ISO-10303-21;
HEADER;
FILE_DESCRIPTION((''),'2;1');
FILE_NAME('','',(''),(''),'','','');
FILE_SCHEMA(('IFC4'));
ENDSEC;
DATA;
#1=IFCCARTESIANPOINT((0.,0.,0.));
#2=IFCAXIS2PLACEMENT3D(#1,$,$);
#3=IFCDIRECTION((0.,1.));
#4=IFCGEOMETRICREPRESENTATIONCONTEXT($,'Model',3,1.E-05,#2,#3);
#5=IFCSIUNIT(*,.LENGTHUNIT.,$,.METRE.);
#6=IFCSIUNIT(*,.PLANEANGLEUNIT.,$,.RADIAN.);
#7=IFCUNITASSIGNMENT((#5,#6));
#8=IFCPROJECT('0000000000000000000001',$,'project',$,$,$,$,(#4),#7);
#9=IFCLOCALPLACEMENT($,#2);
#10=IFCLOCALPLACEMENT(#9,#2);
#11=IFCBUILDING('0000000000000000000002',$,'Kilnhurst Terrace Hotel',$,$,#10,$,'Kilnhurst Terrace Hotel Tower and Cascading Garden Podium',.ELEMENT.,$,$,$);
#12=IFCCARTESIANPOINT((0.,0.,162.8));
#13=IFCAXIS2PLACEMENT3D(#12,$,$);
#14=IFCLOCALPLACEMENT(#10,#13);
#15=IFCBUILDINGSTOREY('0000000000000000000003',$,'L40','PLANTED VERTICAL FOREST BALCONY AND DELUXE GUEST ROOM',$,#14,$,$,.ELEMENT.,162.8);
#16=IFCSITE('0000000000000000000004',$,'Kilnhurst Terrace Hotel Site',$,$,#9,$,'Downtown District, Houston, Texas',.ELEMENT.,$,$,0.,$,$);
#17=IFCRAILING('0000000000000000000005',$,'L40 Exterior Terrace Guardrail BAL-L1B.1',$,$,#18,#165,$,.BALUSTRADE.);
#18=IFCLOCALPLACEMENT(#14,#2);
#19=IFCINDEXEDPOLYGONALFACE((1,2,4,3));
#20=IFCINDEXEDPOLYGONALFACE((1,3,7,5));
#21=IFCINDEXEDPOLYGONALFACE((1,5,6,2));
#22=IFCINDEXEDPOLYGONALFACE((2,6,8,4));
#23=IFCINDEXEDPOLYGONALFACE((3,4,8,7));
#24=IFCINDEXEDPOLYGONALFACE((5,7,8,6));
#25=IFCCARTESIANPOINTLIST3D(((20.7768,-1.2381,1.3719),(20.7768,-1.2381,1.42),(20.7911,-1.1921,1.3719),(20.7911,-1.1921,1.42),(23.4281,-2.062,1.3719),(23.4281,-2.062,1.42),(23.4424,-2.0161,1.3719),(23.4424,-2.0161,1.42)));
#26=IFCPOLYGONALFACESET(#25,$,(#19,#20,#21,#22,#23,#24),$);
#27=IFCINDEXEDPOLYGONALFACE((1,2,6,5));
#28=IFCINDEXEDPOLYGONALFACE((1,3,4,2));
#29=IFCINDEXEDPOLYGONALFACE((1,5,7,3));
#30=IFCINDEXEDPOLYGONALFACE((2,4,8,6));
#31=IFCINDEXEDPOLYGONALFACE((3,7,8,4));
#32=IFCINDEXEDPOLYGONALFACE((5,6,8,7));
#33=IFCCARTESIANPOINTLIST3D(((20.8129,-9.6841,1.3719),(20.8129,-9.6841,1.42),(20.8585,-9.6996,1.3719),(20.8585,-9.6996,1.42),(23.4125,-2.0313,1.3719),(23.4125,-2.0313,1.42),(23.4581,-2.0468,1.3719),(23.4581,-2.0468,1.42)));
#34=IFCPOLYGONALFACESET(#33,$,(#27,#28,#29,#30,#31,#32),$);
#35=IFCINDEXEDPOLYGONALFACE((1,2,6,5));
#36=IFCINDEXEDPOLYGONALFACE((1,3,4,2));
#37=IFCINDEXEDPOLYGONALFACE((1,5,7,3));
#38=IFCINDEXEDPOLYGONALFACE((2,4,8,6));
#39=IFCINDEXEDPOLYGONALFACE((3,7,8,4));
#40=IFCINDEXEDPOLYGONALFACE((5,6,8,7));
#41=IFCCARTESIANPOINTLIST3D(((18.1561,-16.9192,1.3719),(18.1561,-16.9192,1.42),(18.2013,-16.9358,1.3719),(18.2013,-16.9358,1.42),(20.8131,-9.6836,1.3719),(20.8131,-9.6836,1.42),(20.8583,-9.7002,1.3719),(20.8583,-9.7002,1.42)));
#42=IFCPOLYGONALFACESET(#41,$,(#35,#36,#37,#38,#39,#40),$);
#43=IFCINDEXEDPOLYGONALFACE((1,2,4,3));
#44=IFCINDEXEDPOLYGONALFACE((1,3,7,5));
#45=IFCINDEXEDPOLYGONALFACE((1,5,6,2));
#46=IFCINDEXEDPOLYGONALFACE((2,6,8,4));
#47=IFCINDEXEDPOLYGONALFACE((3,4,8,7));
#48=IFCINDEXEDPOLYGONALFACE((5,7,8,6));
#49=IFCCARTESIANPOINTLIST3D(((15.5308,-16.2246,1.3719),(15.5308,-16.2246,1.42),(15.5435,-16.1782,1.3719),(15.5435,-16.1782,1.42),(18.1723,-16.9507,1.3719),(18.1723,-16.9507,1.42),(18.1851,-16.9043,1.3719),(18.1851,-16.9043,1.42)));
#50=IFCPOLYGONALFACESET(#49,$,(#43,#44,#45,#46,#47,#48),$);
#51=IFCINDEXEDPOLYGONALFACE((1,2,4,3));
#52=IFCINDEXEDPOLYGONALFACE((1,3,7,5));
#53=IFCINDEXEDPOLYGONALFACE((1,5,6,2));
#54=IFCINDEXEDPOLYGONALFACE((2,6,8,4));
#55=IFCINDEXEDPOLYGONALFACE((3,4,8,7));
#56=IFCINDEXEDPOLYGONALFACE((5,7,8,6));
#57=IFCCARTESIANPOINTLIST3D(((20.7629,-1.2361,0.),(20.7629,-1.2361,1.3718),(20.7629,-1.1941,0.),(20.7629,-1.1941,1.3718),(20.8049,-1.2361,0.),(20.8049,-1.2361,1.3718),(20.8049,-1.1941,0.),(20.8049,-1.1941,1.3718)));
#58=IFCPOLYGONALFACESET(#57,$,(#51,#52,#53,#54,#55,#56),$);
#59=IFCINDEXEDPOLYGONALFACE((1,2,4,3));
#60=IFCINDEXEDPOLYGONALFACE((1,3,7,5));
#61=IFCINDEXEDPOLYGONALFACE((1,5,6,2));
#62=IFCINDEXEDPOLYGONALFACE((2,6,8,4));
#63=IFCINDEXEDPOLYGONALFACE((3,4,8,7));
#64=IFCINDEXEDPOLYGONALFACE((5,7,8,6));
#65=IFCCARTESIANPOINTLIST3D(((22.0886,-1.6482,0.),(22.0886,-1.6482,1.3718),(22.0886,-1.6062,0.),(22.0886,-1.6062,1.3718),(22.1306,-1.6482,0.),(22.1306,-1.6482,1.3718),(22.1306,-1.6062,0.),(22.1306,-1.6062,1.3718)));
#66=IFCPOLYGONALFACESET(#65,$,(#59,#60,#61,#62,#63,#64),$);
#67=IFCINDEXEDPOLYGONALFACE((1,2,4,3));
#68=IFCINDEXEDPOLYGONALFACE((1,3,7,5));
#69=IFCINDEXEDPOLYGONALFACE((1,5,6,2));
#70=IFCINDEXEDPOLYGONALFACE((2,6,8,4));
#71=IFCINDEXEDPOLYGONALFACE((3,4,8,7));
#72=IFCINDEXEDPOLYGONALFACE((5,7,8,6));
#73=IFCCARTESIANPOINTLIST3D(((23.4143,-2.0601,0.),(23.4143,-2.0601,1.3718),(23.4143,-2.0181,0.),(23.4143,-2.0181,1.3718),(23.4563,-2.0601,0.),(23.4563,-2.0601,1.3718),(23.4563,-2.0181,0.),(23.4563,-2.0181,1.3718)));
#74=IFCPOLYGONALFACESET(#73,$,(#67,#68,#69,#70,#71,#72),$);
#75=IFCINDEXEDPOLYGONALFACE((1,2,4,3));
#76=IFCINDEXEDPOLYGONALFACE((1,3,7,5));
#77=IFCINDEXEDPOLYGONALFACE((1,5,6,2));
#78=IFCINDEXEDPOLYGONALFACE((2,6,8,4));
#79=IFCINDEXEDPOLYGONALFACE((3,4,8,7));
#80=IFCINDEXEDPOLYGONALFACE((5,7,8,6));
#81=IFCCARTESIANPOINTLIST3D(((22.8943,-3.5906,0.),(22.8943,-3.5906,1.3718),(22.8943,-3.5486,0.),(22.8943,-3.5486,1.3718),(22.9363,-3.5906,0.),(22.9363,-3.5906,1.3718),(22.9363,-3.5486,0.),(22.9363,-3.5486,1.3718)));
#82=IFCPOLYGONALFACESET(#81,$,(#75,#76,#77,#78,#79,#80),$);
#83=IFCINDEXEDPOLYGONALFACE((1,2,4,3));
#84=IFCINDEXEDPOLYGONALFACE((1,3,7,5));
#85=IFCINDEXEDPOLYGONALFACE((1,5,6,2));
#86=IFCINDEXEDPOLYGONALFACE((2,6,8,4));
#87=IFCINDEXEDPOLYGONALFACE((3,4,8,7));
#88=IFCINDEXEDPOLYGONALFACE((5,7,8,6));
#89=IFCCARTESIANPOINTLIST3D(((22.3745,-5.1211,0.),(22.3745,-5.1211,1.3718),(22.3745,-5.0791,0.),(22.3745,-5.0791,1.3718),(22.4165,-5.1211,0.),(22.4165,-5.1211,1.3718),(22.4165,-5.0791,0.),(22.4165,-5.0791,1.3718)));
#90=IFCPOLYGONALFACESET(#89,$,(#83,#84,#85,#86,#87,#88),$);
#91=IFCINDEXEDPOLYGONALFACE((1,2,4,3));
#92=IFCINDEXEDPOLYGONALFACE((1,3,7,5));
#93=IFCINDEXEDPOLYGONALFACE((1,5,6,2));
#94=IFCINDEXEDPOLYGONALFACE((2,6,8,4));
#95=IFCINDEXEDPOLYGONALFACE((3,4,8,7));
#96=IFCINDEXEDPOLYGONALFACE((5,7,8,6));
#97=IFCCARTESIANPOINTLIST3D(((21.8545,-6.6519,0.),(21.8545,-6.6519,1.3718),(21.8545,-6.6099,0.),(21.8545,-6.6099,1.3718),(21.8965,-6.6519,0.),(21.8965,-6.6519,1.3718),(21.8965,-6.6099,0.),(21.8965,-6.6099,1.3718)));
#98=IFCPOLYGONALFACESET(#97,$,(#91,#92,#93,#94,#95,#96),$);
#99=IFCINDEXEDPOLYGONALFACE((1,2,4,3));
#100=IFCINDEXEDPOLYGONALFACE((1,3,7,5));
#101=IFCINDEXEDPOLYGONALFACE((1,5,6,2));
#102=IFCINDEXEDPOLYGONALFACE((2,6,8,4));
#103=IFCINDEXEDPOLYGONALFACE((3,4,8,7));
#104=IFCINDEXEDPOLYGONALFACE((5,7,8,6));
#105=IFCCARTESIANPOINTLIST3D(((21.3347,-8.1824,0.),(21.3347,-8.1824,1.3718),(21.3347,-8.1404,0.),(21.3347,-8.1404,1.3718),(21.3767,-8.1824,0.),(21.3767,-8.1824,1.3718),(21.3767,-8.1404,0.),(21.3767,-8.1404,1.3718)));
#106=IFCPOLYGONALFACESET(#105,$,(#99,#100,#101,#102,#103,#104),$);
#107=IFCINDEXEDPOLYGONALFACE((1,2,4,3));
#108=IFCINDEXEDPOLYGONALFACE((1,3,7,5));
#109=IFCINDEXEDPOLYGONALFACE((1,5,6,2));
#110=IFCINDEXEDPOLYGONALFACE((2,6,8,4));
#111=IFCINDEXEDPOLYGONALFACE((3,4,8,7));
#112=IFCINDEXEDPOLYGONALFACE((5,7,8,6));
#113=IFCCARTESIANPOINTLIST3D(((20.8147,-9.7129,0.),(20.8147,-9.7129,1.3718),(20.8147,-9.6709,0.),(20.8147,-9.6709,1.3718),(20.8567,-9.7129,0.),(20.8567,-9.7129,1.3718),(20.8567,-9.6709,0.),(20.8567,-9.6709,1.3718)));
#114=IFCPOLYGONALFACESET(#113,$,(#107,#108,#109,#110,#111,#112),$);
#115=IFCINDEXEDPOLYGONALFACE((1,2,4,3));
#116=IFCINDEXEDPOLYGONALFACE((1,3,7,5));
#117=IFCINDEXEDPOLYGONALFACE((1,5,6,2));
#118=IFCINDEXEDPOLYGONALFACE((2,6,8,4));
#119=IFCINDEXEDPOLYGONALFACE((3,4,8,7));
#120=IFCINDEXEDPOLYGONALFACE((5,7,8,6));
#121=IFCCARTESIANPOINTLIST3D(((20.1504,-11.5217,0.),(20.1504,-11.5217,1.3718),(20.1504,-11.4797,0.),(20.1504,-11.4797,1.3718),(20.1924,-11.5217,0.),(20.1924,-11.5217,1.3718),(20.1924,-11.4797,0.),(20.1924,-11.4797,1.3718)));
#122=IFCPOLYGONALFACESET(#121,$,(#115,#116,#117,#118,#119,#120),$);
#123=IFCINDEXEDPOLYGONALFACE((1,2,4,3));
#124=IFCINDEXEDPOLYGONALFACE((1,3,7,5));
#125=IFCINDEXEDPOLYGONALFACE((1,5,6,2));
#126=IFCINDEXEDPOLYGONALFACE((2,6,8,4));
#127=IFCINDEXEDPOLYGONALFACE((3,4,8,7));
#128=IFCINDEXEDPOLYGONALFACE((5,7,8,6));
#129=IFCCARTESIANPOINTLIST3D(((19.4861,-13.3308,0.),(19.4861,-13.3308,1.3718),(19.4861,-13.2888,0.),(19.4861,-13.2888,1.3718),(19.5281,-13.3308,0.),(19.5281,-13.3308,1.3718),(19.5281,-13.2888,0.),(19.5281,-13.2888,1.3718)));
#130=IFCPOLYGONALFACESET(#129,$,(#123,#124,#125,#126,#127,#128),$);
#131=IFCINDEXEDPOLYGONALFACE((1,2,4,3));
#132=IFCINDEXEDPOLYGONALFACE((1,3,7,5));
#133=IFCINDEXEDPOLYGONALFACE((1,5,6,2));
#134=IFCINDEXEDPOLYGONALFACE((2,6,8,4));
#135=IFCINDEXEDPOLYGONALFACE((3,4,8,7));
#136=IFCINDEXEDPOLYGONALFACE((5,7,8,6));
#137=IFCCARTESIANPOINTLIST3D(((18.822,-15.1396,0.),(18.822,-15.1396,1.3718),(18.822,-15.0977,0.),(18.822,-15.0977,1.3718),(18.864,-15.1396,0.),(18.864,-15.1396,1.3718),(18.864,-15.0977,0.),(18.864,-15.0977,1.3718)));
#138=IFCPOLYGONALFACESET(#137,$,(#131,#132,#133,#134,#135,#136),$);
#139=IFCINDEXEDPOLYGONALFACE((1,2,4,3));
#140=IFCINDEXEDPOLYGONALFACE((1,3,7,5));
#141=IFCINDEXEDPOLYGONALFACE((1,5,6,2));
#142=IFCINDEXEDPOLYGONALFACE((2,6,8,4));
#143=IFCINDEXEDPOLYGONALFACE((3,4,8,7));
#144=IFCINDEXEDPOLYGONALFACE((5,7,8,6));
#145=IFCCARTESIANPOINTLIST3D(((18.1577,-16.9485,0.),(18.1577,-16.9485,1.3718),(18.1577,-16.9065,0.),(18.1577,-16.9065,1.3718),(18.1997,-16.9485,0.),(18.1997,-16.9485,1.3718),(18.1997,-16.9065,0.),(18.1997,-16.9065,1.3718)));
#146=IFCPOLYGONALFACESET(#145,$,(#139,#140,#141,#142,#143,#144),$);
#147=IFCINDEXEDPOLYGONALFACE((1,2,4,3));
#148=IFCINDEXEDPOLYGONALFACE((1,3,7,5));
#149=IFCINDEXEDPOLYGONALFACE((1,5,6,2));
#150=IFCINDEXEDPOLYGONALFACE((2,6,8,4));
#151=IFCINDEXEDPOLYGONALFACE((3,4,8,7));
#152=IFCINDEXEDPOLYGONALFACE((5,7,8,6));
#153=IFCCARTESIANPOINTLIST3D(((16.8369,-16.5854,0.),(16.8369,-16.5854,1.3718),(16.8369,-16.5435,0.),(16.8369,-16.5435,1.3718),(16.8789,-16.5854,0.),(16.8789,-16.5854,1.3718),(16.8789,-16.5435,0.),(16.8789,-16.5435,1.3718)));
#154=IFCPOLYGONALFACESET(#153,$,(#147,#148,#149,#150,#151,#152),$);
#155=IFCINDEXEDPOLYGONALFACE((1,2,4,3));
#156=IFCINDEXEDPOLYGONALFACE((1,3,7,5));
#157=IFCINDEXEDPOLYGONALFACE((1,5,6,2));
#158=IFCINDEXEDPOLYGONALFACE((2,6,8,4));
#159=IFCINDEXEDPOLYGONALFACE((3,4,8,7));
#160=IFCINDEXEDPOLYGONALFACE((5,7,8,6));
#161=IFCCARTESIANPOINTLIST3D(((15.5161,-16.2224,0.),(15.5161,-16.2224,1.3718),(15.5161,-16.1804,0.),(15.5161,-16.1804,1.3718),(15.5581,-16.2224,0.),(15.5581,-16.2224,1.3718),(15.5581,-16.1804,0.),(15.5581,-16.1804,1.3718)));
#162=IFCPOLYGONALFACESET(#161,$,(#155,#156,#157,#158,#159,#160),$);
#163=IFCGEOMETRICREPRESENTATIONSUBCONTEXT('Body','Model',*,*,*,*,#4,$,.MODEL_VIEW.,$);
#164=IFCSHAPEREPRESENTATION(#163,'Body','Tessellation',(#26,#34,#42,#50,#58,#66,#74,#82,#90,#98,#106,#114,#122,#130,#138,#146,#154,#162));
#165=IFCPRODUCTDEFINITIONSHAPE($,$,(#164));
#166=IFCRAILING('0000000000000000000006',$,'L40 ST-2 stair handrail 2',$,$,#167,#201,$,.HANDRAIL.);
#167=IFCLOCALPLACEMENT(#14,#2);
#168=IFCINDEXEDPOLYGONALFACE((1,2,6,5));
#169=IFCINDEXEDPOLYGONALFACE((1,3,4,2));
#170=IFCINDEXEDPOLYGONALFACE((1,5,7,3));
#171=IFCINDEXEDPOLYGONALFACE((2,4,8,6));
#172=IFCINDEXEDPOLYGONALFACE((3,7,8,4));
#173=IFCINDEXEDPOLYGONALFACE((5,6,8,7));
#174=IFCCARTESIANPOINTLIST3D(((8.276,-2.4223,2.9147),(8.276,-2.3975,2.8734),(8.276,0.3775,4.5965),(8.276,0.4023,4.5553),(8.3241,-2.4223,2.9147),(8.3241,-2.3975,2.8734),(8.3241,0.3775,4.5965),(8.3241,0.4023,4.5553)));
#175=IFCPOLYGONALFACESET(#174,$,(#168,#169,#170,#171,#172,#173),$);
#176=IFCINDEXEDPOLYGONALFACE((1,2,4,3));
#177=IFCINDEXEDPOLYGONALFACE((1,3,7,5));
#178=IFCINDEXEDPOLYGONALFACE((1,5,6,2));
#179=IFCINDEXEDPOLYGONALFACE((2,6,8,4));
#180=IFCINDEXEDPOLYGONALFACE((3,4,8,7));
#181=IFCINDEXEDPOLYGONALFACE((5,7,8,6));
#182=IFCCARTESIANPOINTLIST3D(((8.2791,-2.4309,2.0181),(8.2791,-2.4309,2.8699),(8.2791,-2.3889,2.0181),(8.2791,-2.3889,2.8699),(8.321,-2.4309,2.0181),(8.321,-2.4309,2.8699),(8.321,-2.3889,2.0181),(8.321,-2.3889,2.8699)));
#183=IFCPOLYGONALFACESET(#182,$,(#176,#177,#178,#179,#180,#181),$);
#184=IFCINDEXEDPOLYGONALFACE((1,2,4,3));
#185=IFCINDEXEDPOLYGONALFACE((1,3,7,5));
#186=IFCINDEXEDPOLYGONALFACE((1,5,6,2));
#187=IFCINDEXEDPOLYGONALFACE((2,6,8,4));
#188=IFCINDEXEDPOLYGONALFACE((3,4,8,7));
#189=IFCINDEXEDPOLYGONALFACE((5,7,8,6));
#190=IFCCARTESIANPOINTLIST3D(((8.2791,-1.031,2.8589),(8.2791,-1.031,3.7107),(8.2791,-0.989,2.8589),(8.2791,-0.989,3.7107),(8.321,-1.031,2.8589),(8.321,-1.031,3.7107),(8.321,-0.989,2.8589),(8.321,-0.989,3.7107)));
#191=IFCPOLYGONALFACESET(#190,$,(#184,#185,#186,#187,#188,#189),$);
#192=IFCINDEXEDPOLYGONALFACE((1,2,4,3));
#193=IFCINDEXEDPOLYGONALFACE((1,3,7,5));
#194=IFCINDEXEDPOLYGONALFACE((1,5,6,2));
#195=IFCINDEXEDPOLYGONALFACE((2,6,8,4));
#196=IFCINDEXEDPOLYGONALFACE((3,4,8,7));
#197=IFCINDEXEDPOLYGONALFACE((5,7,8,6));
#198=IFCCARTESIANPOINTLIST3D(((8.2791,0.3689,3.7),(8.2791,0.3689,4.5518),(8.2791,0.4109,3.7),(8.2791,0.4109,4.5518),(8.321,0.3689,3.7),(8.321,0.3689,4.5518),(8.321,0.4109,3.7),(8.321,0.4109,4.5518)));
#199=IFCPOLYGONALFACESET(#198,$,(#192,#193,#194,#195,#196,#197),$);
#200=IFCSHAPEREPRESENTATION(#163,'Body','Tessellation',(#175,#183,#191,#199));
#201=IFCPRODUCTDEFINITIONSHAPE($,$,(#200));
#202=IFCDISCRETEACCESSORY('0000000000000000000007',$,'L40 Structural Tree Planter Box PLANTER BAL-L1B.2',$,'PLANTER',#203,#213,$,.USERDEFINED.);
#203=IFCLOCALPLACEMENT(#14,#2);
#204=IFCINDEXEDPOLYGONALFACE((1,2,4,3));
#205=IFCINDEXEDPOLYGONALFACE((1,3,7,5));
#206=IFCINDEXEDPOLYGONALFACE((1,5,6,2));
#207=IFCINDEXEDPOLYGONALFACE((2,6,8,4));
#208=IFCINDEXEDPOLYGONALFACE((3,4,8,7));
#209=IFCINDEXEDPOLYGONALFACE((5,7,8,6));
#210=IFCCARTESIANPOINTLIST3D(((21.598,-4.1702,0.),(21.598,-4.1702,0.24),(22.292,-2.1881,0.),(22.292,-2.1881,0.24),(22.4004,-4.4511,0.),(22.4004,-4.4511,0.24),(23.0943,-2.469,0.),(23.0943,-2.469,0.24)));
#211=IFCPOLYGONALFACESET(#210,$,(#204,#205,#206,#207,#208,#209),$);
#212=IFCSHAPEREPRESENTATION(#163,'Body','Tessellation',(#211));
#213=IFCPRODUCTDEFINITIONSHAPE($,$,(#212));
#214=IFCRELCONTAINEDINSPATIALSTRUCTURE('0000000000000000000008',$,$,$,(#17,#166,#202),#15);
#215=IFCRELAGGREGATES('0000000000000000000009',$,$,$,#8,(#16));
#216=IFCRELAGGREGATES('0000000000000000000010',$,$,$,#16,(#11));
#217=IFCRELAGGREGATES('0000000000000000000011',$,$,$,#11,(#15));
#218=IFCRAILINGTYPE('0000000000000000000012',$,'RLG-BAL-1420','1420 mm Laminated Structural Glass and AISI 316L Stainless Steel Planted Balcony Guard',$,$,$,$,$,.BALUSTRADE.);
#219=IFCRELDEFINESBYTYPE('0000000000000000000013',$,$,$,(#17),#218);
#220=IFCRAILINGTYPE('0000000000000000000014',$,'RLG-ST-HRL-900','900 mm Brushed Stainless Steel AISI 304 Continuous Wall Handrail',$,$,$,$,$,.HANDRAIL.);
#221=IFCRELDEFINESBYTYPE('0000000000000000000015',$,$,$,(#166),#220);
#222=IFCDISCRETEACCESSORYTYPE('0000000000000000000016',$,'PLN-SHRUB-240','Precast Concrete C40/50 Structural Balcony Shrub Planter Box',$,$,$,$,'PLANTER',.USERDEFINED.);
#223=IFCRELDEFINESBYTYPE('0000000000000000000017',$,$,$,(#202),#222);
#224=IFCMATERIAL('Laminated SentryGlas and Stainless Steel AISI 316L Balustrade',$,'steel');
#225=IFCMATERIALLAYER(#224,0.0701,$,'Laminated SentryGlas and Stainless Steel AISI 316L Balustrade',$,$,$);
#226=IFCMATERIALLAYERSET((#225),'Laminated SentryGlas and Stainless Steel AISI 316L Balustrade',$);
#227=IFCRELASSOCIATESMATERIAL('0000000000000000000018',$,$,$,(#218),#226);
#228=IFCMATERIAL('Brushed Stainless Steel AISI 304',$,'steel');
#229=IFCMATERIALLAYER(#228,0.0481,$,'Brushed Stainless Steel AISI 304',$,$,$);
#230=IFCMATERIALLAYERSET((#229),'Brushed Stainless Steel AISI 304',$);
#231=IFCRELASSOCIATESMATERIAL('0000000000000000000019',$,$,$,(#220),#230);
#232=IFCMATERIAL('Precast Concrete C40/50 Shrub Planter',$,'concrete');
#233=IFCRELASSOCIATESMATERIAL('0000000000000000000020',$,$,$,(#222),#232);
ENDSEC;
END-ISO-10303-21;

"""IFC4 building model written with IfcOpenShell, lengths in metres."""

from ifc_helpers import new_model, si_unit, direction, frame, origin, origin_2d, place, context, subcontext, project, spatial, rectangle, extrude, material, layer, layer_set, type_object, element, save


model = new_model("IFC4")

# Units and contexts
model_context = context("Model", 3, precision=1e-05, world=origin(), true_north=direction((0.0, 1.0)))
body_context = subcontext(model_context, "Body", "Model", "MODEL_VIEW")
ifc_project = project(units=[si_unit("LENGTHUNIT", "METRE"), si_unit("PLANEANGLEUNIT", "RADIAN")], contexts=[model_context])

# Site, building, storey
site_placement = place(None, origin())
site = spatial("IfcSite", under=ifc_project, at=site_placement, Name="Kilnhurst Terrace Hotel Site", LongName="Downtown District, Houston, Texas", CompositionType="ELEMENT", RefElevation=0.0)
building_placement = place(site_placement, origin())
building = spatial("IfcBuilding", under=site, at=building_placement, Name="Kilnhurst Terrace Hotel", LongName="Kilnhurst Terrace Hotel Tower and Cascading Garden Podium", CompositionType="ELEMENT")
storey_placement = place(building_placement, frame((0.0, 0.0, 162.8)))
storey = spatial("IfcBuildingStorey", under=building, at=storey_placement, Name="L40", Description="PLANTED VERTICAL FOREST BALCONY AND DELUXE GUEST ROOM", CompositionType="ELEMENT", Elevation=162.8)

# Railings
ifc_material_1 = material(Name="Laminated SentryGlas and Stainless Steel AISI 316L Balustrade", Category="steel")
ifc_layer_1 = layer(ifc_material_1, 0.0701, Name="Laminated SentryGlas and Stainless Steel AISI 316L Balustrade")
ifc_layer_set_1 = layer_set([ifc_layer_1], Name="Laminated SentryGlas and Stainless Steel AISI 316L Balustrade")
railing_type_1 = type_object("IfcRailingType", Name="RLG-BAL-1420", Description="1420 mm Laminated Structural Glass and AISI 316L Stainless Steel Planted Balcony Guard", PredefinedType="BALUSTRADE", material=ifc_layer_set_1)
railing_1_placement = place(storey_placement, frame((20.7839, -1.2151, 0.0)))
element("IfcRailing", 1, at=railing_1_placement, inside=storey, type_object=railing_type_1, Name="L40 Exterior Terrace Guardrail BAL-L1B.1", PredefinedType="BALUSTRADE", context=body_context, shape_type="SweptSolid", body=[
    extrude(rectangle(XDim=0.0481, YDim=0.0481, at=origin_2d()), frame((0.0, 0.0, 1.396), z_axis=(0.954948, -0.296773, 0.0), x_axis=(0.296773, 0.954948, 0.0)), (0.0, 0.0, 1.0), 2.7764),
    extrude(rectangle(XDim=0.0481, YDim=0.0481, at=origin_2d()), frame((2.6514, -0.824, 1.396), z_axis=(-0.321642, -0.946861, 0.0), x_axis=(0.946861, -0.321642, 0.0)), (0.0, 0.0, 1.0), 8.0823),
    extrude(rectangle(XDim=0.0481, YDim=0.0481, at=origin_2d()), frame((0.0518, -8.4768, 1.396), z_axis=(-0.344704, -0.938711, 0.0), x_axis=(0.938711, -0.344704, 0.0)), (0.0, 0.0, 1.0), 7.708),
    extrude(rectangle(XDim=0.0481, YDim=0.0481, at=origin_2d()), frame((-2.6052, -15.7124, 1.396), z_axis=(-0.96424, 0.265032, 0.0), x_axis=(-0.265032, -0.96424, 0.0)), (0.0, 0.0, 1.0), 2.7395),
    extrude(rectangle(XDim=0.042, YDim=0.042, at=origin_2d()), origin(), (0.0, 0.0, 1.0), 1.3718),
    extrude(rectangle(XDim=0.042, YDim=0.042, at=origin_2d()), frame((1.3257, -0.4121, 0.0)), (0.0, 0.0, 1.0), 1.3718),
    extrude(rectangle(XDim=0.042, YDim=0.042, at=origin_2d()), frame((2.6514, -0.824, 0.0)), (0.0, 0.0, 1.0), 1.3718),
    extrude(rectangle(XDim=0.042, YDim=0.042, at=origin_2d()), frame((2.1313, -2.3545, 0.0)), (0.0, 0.0, 1.0), 1.3718),
    extrude(rectangle(XDim=0.042, YDim=0.042, at=origin_2d()), frame((1.6116, -3.885, 0.0)), (0.0, 0.0, 1.0), 1.3718),
    extrude(rectangle(XDim=0.042, YDim=0.042, at=origin_2d()), frame((1.0916, -5.4158, 0.0)), (0.0, 0.0, 1.0), 1.3718),
    extrude(rectangle(XDim=0.042, YDim=0.042, at=origin_2d()), frame((0.5718, -6.9463, 0.0)), (0.0, 0.0, 1.0), 1.3718),
    extrude(rectangle(XDim=0.042, YDim=0.042, at=origin_2d()), frame((0.0518, -8.4768, 0.0)), (0.0, 0.0, 1.0), 1.3718),
    extrude(rectangle(XDim=0.042, YDim=0.042, at=origin_2d()), frame((-0.6125, -10.2856, 0.0)), (0.0, 0.0, 1.0), 1.3718),
    extrude(rectangle(XDim=0.042, YDim=0.042, at=origin_2d()), frame((-1.2769, -12.0947, 0.0)), (0.0, 0.0, 1.0), 1.3718),
    extrude(rectangle(XDim=0.042, YDim=0.042, at=origin_2d()), frame((-1.9409, -13.9036, 0.0)), (0.0, 0.0, 1.0), 1.3718),
    extrude(rectangle(XDim=0.042, YDim=0.042, at=origin_2d()), frame((-2.6052, -15.7124, 0.0)), (0.0, 0.0, 1.0), 1.3718),
    extrude(rectangle(XDim=0.042, YDim=0.042, at=origin_2d()), frame((-3.926, -15.3494, 0.0)), (0.0, 0.0, 1.0), 1.3718),
    extrude(rectangle(XDim=0.042, YDim=0.042, at=origin_2d()), frame((-5.2468, -14.9863, 0.0)), (0.0, 0.0, 1.0), 1.3718),
])
ifc_material_2 = material(Name="Brushed Stainless Steel AISI 304", Category="steel")
ifc_layer_2 = layer(ifc_material_2, 0.0481, Name="Brushed Stainless Steel AISI 304")
ifc_layer_set_2 = layer_set([ifc_layer_2], Name="Brushed Stainless Steel AISI 304")
railing_type_2 = type_object("IfcRailingType", Name="RLG-ST-HRL-900", Description="900 mm Brushed Stainless Steel AISI 304 Continuous Wall Handrail", PredefinedType="HANDRAIL", material=ifc_layer_set_2)
railing_2_placement = place(storey_placement, frame((8.3, -2.4099, 2.0181)))
element("IfcRailing", 2, at=railing_2_placement, inside=storey, type_object=railing_type_2, Name="L40 ST-2 stair handrail 2", PredefinedType="HANDRAIL", context=body_context, shape_type="SweptSolid", body=[
    extrude(rectangle(XDim=0.0481, YDim=0.0481, at=origin_2d()), frame((0.0, 0.0, 0.876), z_axis=(0.0, 0.857222, 0.514946), x_axis=(-1.0, 0.0, 0.0)), (0.0, 0.0, 1.0), 3.2661),
    extrude(rectangle(XDim=0.042, YDim=0.042, at=origin_2d()), origin(), (0.0, 0.0, 1.0), 0.8518),
    extrude(rectangle(XDim=0.042, YDim=0.042, at=origin_2d()), frame((0.0, 1.3999, 0.8408)), (0.0, 0.0, 1.0), 0.8518),
    extrude(rectangle(XDim=0.042, YDim=0.042, at=origin_2d()), frame((0.0, 2.7998, 1.6819)), (0.0, 0.0, 1.0), 0.8518),
])

# Discrete accessory
ifc_material_3 = material(Name="Precast Concrete C40/50 Shrub Planter", Category="concrete")
discrete_accessory_type = type_object("IfcDiscreteAccessoryType", Name="PLN-SHRUB-240", Description="Precast Concrete C40/50 Structural Balcony Shrub Planter Box", ElementType="PLANTER", PredefinedType="USERDEFINED", material=ifc_material_3)
discrete_accessory_placement = place(storey_placement, frame((22.3462, -3.3196, 0.0), z_axis=(0.0, 0.0, 1.0), x_axis=(0.330432, 0.94383, 0.0)))
element("IfcDiscreteAccessory", 3, at=discrete_accessory_placement, inside=storey, type_object=discrete_accessory_type, Name="L40 Structural Tree Planter Box PLANTER BAL-L1B.2", ObjectType="PLANTER", PredefinedType="USERDEFINED", context=body_context, shape_type="SweptSolid", body=[
    extrude(rectangle(XDim=2.1001, YDim=0.8501, at=origin_2d()), origin(), (0.0, 0.0, 1.0), 0.24),
])

save(model, "model.ifc")
